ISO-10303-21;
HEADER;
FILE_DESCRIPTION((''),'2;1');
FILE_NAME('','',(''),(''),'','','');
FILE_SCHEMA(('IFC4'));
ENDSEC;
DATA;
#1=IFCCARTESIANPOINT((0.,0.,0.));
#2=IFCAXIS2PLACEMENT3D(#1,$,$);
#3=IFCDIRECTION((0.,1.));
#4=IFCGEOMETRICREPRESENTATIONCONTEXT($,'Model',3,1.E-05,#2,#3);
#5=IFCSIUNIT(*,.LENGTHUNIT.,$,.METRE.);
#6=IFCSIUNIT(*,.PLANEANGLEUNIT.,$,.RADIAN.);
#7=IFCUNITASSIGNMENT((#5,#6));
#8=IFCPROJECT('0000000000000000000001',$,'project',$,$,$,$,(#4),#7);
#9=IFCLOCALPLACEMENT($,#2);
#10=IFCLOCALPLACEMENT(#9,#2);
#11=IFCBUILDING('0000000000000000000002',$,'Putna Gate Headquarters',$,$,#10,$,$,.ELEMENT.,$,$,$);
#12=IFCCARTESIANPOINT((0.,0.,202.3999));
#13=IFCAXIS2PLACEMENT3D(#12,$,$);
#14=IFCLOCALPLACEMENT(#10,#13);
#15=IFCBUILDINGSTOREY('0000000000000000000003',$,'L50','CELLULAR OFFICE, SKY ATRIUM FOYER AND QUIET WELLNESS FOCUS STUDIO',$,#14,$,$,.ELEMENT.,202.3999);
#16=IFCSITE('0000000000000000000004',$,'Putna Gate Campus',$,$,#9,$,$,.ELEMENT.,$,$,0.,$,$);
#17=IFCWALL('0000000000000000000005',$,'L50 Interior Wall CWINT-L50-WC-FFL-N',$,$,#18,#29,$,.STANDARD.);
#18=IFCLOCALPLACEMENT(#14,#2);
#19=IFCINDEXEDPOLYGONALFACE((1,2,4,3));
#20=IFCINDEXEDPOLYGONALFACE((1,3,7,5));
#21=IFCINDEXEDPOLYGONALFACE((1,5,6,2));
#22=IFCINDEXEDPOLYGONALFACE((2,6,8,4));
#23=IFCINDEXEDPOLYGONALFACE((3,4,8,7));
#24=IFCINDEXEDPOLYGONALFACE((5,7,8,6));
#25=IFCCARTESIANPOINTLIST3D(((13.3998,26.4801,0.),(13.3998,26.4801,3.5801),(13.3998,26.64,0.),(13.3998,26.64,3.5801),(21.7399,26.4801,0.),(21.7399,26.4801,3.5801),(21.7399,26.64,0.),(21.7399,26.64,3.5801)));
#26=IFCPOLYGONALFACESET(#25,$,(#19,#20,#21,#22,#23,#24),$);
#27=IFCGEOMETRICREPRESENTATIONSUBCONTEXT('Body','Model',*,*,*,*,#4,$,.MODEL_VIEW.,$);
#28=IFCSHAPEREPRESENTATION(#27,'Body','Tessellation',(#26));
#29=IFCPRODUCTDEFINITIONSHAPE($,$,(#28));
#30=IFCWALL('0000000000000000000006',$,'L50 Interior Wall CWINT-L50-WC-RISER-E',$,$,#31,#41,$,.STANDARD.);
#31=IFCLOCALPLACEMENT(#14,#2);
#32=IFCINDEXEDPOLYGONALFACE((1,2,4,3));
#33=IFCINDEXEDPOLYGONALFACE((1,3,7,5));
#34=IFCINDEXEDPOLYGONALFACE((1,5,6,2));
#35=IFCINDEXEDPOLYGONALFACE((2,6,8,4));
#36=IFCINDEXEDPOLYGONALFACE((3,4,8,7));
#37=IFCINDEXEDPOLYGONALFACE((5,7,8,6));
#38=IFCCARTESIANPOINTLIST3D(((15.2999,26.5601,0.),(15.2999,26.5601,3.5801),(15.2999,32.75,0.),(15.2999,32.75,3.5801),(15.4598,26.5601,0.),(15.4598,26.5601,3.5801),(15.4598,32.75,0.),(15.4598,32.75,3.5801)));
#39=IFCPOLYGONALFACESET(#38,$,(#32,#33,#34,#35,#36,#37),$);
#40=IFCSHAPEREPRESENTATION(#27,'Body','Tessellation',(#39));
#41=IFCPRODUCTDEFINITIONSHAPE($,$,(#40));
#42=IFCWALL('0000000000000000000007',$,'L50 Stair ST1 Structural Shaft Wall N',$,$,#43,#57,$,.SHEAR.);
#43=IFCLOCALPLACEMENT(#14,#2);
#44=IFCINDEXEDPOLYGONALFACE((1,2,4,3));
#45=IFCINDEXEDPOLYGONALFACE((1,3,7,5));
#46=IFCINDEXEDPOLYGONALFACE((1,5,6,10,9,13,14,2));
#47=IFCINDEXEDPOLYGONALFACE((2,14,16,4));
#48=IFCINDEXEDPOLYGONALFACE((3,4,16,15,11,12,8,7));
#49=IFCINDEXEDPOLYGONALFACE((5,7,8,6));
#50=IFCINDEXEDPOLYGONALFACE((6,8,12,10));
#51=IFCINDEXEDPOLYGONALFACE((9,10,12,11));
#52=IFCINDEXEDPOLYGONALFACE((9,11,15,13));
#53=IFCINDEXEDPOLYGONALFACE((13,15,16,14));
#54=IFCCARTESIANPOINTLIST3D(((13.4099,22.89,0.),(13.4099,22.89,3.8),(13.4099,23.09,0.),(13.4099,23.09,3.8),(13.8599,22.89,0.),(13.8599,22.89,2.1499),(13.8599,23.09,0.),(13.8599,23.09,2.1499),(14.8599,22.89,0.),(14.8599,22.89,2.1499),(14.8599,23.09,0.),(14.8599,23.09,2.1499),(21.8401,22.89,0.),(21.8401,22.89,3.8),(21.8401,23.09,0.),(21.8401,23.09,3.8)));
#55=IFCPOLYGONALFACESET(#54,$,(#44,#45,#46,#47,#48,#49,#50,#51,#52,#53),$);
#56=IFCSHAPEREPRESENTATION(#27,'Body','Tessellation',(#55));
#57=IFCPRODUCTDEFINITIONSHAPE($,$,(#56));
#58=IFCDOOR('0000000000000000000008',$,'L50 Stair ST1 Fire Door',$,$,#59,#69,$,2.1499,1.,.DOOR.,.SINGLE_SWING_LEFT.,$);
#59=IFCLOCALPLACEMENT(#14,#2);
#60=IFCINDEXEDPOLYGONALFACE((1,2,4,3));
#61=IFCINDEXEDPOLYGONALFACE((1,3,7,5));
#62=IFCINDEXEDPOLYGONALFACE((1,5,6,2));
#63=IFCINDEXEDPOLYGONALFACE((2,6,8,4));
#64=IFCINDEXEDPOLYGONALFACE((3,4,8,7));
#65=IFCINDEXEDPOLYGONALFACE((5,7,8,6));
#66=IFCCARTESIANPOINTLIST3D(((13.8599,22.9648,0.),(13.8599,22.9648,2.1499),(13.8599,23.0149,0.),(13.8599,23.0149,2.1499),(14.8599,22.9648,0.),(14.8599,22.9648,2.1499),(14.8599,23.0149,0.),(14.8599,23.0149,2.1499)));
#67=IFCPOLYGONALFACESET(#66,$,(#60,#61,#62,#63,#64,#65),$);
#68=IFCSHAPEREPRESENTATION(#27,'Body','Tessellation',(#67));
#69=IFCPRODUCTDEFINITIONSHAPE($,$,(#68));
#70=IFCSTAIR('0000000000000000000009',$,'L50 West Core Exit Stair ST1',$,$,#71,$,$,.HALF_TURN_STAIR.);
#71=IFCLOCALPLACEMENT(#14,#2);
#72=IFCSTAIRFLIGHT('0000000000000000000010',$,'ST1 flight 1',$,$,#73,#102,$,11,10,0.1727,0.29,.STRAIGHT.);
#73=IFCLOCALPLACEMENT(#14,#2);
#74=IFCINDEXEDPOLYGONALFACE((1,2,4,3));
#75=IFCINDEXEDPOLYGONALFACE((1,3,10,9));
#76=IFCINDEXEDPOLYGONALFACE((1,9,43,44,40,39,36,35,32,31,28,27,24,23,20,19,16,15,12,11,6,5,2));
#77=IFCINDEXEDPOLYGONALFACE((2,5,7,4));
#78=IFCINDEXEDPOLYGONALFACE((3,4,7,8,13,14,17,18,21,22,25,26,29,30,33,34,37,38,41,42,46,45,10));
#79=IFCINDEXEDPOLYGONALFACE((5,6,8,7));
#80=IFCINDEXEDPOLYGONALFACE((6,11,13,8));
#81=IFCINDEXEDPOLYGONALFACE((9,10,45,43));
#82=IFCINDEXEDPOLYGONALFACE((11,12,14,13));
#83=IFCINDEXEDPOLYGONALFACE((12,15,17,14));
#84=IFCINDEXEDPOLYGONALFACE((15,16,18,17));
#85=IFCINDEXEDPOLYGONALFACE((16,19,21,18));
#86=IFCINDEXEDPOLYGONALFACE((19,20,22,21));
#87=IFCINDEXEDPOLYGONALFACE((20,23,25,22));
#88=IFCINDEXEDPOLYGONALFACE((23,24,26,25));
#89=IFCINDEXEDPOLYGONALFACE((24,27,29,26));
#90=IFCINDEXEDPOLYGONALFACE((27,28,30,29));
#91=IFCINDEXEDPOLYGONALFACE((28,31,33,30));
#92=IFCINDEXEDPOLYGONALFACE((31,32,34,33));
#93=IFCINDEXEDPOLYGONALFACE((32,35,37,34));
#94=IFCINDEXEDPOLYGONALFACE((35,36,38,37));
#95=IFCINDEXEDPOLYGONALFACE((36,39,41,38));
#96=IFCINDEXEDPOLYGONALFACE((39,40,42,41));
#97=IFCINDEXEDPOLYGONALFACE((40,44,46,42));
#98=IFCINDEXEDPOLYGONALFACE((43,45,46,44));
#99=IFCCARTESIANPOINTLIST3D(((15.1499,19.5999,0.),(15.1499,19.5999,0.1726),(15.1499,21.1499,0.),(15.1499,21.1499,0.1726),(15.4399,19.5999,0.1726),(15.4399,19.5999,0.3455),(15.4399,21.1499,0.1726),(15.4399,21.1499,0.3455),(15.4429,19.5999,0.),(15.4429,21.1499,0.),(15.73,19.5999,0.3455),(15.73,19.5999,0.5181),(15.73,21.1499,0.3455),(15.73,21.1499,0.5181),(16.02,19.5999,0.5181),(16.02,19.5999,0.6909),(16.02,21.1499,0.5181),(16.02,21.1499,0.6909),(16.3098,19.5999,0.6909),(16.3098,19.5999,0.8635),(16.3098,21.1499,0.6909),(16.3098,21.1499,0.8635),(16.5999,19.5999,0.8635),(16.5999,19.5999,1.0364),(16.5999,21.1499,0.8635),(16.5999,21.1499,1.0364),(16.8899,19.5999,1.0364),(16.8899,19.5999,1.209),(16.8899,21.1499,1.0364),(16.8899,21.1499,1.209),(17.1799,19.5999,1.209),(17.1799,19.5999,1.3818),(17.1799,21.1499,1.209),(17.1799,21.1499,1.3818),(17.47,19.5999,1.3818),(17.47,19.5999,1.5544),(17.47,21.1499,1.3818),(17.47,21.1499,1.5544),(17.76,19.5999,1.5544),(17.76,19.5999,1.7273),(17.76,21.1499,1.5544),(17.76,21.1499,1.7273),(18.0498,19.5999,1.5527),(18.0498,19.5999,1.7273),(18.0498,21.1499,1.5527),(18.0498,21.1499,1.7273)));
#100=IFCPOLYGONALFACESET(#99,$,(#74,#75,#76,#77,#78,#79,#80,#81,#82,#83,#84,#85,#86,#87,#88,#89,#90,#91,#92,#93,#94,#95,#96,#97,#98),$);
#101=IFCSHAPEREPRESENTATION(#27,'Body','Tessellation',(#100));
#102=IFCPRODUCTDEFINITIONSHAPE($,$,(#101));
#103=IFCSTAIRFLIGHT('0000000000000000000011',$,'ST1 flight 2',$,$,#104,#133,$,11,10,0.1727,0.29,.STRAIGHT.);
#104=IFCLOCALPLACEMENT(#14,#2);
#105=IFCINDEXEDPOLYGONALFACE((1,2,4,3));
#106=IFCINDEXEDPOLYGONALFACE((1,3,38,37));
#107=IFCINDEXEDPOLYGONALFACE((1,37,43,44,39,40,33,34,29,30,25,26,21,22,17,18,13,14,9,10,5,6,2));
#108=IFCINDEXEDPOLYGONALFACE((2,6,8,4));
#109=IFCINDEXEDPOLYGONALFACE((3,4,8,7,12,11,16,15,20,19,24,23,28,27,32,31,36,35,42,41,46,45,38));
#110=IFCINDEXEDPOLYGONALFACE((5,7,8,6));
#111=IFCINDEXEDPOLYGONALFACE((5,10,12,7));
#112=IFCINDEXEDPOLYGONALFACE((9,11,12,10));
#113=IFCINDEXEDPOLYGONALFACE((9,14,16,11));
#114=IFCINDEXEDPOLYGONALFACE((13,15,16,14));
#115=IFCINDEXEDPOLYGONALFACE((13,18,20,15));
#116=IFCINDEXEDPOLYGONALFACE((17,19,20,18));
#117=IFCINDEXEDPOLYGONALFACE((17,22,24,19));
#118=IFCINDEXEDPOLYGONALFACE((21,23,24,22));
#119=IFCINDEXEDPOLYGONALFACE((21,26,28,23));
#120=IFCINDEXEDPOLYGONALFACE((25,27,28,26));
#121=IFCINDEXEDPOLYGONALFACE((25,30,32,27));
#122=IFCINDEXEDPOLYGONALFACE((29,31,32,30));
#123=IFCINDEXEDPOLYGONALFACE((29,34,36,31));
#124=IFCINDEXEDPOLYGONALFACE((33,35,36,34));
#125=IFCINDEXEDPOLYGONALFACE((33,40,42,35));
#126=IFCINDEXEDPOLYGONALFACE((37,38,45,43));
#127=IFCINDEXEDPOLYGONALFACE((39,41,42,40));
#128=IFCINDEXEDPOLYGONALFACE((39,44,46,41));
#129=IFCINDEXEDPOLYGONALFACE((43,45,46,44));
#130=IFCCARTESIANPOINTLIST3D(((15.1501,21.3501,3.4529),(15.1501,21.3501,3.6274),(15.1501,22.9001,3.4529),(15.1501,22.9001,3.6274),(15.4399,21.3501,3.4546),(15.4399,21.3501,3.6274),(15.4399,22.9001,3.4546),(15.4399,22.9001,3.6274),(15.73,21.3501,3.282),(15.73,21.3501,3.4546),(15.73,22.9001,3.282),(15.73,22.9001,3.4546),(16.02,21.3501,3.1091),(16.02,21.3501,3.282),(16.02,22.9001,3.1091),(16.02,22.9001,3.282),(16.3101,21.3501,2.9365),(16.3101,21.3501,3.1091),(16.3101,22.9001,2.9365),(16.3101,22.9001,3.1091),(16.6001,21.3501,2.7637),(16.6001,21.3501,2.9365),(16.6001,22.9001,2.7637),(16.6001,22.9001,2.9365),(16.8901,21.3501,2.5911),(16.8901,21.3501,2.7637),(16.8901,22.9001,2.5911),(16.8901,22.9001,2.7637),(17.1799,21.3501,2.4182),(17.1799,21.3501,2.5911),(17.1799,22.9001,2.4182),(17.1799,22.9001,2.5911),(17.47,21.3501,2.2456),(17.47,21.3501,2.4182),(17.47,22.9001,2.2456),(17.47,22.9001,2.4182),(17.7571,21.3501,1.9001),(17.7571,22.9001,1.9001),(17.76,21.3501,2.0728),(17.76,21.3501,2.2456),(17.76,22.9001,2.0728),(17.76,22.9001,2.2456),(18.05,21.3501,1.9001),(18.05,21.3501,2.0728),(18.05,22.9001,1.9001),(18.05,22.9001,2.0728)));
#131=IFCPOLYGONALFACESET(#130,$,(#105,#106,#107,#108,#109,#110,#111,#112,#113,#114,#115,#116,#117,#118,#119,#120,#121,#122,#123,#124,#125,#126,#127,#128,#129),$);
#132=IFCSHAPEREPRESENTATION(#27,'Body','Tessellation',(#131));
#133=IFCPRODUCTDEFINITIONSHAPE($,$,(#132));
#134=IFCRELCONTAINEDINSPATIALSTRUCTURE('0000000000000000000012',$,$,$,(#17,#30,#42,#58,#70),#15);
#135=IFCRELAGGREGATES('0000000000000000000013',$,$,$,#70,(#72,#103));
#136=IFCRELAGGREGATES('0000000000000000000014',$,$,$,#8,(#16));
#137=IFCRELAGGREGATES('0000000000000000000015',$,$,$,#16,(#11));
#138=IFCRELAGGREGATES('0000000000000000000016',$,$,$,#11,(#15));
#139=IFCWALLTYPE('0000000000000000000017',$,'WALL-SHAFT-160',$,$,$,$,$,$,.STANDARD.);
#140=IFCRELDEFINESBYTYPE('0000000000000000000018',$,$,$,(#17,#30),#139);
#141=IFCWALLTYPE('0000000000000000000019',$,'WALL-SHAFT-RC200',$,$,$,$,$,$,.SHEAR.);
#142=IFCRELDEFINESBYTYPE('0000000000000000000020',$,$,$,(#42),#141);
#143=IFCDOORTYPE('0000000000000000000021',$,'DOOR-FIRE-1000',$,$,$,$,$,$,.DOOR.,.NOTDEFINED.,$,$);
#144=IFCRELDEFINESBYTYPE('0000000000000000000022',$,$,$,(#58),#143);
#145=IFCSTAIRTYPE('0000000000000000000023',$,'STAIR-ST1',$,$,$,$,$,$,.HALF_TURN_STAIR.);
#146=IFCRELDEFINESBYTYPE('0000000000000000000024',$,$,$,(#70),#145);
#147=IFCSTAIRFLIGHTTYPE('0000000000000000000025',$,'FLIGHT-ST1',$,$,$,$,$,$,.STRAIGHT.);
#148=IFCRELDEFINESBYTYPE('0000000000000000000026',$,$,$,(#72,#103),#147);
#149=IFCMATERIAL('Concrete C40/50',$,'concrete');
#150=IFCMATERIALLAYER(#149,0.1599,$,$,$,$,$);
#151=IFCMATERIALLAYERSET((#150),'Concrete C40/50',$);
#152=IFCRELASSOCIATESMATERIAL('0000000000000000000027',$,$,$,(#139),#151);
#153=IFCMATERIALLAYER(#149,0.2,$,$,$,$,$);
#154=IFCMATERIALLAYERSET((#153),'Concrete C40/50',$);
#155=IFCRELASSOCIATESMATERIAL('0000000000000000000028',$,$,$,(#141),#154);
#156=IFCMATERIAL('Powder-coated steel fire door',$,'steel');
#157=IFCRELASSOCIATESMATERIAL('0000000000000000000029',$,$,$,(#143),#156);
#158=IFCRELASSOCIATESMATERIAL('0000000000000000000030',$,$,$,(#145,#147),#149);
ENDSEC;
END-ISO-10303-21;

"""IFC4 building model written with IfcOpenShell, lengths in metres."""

from ifc_helpers import new_model, si_unit, direction, frame, frame_2d, origin, place, context, subcontext, project, spatial, polyline, rectangle, outline, extrude, material, layer, layer_set, type_object, element, fill, aggregate, save


model = new_model("IFC4")

# Units and contexts
model_context = context("Model", 3, precision=1e-05, world=origin(), true_north=direction((0.0, 1.0)))
body_context = subcontext(model_context, "Body", "Model", "MODEL_VIEW")
ifc_project = project(units=[si_unit("LENGTHUNIT", "METRE"), si_unit("PLANEANGLEUNIT", "RADIAN")], contexts=[model_context])

# Site, building, storey
site_placement = place(None, origin())
site = spatial("IfcSite", under=ifc_project, at=site_placement, Name="Putna Gate Campus", CompositionType="ELEMENT", RefElevation=0.0)
building_placement = place(site_placement, origin())
building = spatial("IfcBuilding", under=site, at=building_placement, Name="Putna Gate Headquarters", CompositionType="ELEMENT")
storey_placement = place(building_placement, frame((0.0, 0.0, 202.3999)))
storey = spatial("IfcBuildingStorey", under=building, at=storey_placement, Name="L50", Description="CELLULAR OFFICE, SKY ATRIUM FOYER AND QUIET WELLNESS FOCUS STUDIO", CompositionType="ELEMENT", Elevation=202.3999)

# Walls
ifc_material_1 = material(Name="Concrete C40/50", Category="concrete")
ifc_layer_1 = layer(ifc_material_1, 0.1599)
ifc_layer_set_1 = layer_set([ifc_layer_1], Name="Concrete C40/50")
wall_type_1 = type_object("IfcWallType", Name="WALL-SHAFT-160", PredefinedType="STANDARD", material=ifc_layer_set_1)
wall_1_placement = place(storey_placement, frame((13.3999, 26.5601, 0.0), z_axis=(0.0, 0.0, 1.0), x_axis=(1.0, 0.0, 0.0)))
element("IfcWall", 1, at=wall_1_placement, inside=storey, type_object=wall_type_1, Name="L50 Interior Wall CWINT-L50-WC-FFL-N", PredefinedType="STANDARD", context=body_context, shape_type="SweptSolid", body=[
    extrude(rectangle(XDim=8.3401, YDim=0.1599, at=frame_2d((4.1699, 0.0))), origin(), (0.0, 0.0, 1.0), 3.5801),
])
wall_2_placement = place(storey_placement, frame((15.3799, 26.5601, 0.0), z_axis=(0.0, 0.0, 1.0), x_axis=(0.0, 1.0, 0.0)))
element("IfcWall", 2, at=wall_2_placement, inside=storey, type_object=wall_type_1, Name="L50 Interior Wall CWINT-L50-WC-RISER-E", PredefinedType="STANDARD", context=body_context, shape_type="SweptSolid", body=[
    extrude(rectangle(XDim=6.1899, YDim=0.1599, at=frame_2d((3.095, 0.0))), origin(), (0.0, 0.0, 1.0), 3.5801),
])

# Wall, opening, door
ifc_layer_2 = layer(ifc_material_1, 0.2)
ifc_layer_set_2 = layer_set([ifc_layer_2], Name="Concrete C40/50")
wall_type_2 = type_object("IfcWallType", Name="WALL-SHAFT-RC200", PredefinedType="SHEAR", material=ifc_layer_set_2)
wall_3_placement = place(storey_placement, frame((13.4099, 22.99, 0.0), z_axis=(0.0, 0.0, 1.0), x_axis=(1.0, 0.0, 0.0)))
wall_3 = element("IfcWall", 3, at=wall_3_placement, inside=storey, type_object=wall_type_2, Name="L50 Stair ST1 Structural Shaft Wall N", PredefinedType="SHEAR", context=body_context, shape_type="SweptSolid", body=[
    extrude(rectangle(XDim=8.4302, YDim=0.2, at=frame_2d((4.2151, 0.0))), origin(), (0.0, 0.0, 1.0), 3.8),
])
opening_1_placement = place(wall_3_placement, frame((0.45, 0.0, 0.0)))
opening_1 = element("IfcOpeningElement", 4, at=opening_1_placement, cuts=wall_3, PredefinedType="OPENING", context=body_context, shape_type="SweptSolid", body=[
    extrude(rectangle(XDim=1.0, YDim=2.1499, at=frame_2d((0.5, 1.075))), frame((0.0, 0.1099, 0.0), z_axis=(0.0, -1.0, 0.0), x_axis=(1.0, 0.0, 0.0)), (0.0, 0.0, 1.0), 0.22),
])
ifc_material_2 = material(Name="Powder-coated steel fire door", Category="steel")
door_type_1 = type_object("IfcDoorType", Name="DOOR-FIRE-1000", OperationType="NOTDEFINED", PredefinedType="DOOR", material=ifc_material_2)
door_1_placement = place(opening_1_placement, origin())
door_1 = element("IfcDoor", 5, at=door_1_placement, inside=storey, type_object=door_type_1, Name="L50 Stair ST1 Fire Door", OperationType="SINGLE_SWING_LEFT", OverallHeight=2.1499, OverallWidth=1.0, PredefinedType="DOOR", context=body_context, shape_type="SweptSolid", body=[
    extrude(rectangle(XDim=1.0, YDim=2.1499, at=frame_2d((0.5, 1.075))), frame((0.0, 0.0249, 0.0), z_axis=(0.0, -1.0, 0.0), x_axis=(1.0, 0.0, 0.0)), (0.0, 0.0, 1.0), 0.05),
])
fill(opening_1, door_1)

# Stair, stair flights
stair_type = type_object("IfcStairType", Name="STAIR-ST1", PredefinedType="HALF_TURN_STAIR", material=ifc_material_1)
stair_placement = place(storey_placement, origin())
stair = element("IfcStair", 6, at=stair_placement, inside=storey, type_object=stair_type, Name="L50 West Core Exit Stair ST1", PredefinedType="HALF_TURN_STAIR")
stair_flight_type = type_object("IfcStairFlightType", Name="FLIGHT-ST1", PredefinedType="STRAIGHT", material=ifc_material_1)
stair_flight_1_placement = place(storey_placement, frame((15.1499, 20.375, 0.0), z_axis=(0.0, 0.0, 1.0), x_axis=(1.0, 0.0, 0.0)))
stair_flight_1 = element("IfcStairFlight", 7, at=stair_flight_1_placement, type_object=stair_flight_type, Name="ST1 flight 1", NumberOfRisers=11, NumberOfTreads=10, PredefinedType="STRAIGHT", RiserHeight=0.1727, TreadLength=0.29, context=body_context, shape_type="SweptSolid", body=[
    extrude(outline(polyline([(0.0, 0.0), (0.0, 0.1726), (0.29, 0.1726), (0.29, 0.3455), (0.5801, 0.3455), (0.5801, 0.5181), (0.8701, 0.5181), (0.8701, 0.6909), (1.1599, 0.6909), (1.1599, 0.8635), (1.45, 0.8635), (1.45, 1.0364), (1.74, 1.0364), (1.74, 1.209), (2.03, 1.209), (2.03, 1.3818), (2.3201, 1.3818), (2.3201, 1.5544), (2.6101, 1.5544), (2.6101, 1.7273), (2.8999, 1.7273), (2.8999, 1.8999), (2.8999, 1.5527), (0.293, 0.0), (0.0, 0.0)])), frame((0.0, 0.7749, 0.0), z_axis=(0.0, -1.0, 0.0), x_axis=(1.0, 0.0, 0.0)), (0.0, 0.0, 1.0), 1.55),
])
stair_flight_2_placement = place(storey_placement, frame((18.05, 22.125, 1.9001), z_axis=(0.0, 0.0, 1.0), x_axis=(-1.0, 0.0, 0.0)))
stair_flight_2 = element("IfcStairFlight", 8, at=stair_flight_2_placement, type_object=stair_flight_type, Name="ST1 flight 2", NumberOfRisers=11, NumberOfTreads=10, PredefinedType="STRAIGHT", RiserHeight=0.1727, TreadLength=0.29, context=body_context, shape_type="SweptSolid", body=[
    extrude(outline(polyline([(0.0, 0.0), (0.0, 0.1726), (0.29, 0.1726), (0.29, 0.3455), (0.5801, 0.3455), (0.5801, 0.5181), (0.8701, 0.5181), (0.8701, 0.6909), (1.1599, 0.6909), (1.1599, 0.8635), (1.45, 0.8635), (1.45, 1.0364), (1.74, 1.0364), (1.74, 1.209), (2.03, 1.209), (2.03, 1.3818), (2.3201, 1.3818), (2.3201, 1.5544), (2.6101, 1.5544), (2.6101, 1.7273), (2.8999, 1.7273), (2.8999, 1.8999), (2.8999, 1.5527), (0.293, 0.0), (0.0, 0.0)])), frame((0.0, 0.7749, 0.0), z_axis=(0.0, -1.0, 0.0), x_axis=(1.0, 0.0, 0.0)), (0.0, 0.0, 1.0), 1.55),
])
aggregate(stair, [stair_flight_1, stair_flight_2])

save(model, "model.ifc")
